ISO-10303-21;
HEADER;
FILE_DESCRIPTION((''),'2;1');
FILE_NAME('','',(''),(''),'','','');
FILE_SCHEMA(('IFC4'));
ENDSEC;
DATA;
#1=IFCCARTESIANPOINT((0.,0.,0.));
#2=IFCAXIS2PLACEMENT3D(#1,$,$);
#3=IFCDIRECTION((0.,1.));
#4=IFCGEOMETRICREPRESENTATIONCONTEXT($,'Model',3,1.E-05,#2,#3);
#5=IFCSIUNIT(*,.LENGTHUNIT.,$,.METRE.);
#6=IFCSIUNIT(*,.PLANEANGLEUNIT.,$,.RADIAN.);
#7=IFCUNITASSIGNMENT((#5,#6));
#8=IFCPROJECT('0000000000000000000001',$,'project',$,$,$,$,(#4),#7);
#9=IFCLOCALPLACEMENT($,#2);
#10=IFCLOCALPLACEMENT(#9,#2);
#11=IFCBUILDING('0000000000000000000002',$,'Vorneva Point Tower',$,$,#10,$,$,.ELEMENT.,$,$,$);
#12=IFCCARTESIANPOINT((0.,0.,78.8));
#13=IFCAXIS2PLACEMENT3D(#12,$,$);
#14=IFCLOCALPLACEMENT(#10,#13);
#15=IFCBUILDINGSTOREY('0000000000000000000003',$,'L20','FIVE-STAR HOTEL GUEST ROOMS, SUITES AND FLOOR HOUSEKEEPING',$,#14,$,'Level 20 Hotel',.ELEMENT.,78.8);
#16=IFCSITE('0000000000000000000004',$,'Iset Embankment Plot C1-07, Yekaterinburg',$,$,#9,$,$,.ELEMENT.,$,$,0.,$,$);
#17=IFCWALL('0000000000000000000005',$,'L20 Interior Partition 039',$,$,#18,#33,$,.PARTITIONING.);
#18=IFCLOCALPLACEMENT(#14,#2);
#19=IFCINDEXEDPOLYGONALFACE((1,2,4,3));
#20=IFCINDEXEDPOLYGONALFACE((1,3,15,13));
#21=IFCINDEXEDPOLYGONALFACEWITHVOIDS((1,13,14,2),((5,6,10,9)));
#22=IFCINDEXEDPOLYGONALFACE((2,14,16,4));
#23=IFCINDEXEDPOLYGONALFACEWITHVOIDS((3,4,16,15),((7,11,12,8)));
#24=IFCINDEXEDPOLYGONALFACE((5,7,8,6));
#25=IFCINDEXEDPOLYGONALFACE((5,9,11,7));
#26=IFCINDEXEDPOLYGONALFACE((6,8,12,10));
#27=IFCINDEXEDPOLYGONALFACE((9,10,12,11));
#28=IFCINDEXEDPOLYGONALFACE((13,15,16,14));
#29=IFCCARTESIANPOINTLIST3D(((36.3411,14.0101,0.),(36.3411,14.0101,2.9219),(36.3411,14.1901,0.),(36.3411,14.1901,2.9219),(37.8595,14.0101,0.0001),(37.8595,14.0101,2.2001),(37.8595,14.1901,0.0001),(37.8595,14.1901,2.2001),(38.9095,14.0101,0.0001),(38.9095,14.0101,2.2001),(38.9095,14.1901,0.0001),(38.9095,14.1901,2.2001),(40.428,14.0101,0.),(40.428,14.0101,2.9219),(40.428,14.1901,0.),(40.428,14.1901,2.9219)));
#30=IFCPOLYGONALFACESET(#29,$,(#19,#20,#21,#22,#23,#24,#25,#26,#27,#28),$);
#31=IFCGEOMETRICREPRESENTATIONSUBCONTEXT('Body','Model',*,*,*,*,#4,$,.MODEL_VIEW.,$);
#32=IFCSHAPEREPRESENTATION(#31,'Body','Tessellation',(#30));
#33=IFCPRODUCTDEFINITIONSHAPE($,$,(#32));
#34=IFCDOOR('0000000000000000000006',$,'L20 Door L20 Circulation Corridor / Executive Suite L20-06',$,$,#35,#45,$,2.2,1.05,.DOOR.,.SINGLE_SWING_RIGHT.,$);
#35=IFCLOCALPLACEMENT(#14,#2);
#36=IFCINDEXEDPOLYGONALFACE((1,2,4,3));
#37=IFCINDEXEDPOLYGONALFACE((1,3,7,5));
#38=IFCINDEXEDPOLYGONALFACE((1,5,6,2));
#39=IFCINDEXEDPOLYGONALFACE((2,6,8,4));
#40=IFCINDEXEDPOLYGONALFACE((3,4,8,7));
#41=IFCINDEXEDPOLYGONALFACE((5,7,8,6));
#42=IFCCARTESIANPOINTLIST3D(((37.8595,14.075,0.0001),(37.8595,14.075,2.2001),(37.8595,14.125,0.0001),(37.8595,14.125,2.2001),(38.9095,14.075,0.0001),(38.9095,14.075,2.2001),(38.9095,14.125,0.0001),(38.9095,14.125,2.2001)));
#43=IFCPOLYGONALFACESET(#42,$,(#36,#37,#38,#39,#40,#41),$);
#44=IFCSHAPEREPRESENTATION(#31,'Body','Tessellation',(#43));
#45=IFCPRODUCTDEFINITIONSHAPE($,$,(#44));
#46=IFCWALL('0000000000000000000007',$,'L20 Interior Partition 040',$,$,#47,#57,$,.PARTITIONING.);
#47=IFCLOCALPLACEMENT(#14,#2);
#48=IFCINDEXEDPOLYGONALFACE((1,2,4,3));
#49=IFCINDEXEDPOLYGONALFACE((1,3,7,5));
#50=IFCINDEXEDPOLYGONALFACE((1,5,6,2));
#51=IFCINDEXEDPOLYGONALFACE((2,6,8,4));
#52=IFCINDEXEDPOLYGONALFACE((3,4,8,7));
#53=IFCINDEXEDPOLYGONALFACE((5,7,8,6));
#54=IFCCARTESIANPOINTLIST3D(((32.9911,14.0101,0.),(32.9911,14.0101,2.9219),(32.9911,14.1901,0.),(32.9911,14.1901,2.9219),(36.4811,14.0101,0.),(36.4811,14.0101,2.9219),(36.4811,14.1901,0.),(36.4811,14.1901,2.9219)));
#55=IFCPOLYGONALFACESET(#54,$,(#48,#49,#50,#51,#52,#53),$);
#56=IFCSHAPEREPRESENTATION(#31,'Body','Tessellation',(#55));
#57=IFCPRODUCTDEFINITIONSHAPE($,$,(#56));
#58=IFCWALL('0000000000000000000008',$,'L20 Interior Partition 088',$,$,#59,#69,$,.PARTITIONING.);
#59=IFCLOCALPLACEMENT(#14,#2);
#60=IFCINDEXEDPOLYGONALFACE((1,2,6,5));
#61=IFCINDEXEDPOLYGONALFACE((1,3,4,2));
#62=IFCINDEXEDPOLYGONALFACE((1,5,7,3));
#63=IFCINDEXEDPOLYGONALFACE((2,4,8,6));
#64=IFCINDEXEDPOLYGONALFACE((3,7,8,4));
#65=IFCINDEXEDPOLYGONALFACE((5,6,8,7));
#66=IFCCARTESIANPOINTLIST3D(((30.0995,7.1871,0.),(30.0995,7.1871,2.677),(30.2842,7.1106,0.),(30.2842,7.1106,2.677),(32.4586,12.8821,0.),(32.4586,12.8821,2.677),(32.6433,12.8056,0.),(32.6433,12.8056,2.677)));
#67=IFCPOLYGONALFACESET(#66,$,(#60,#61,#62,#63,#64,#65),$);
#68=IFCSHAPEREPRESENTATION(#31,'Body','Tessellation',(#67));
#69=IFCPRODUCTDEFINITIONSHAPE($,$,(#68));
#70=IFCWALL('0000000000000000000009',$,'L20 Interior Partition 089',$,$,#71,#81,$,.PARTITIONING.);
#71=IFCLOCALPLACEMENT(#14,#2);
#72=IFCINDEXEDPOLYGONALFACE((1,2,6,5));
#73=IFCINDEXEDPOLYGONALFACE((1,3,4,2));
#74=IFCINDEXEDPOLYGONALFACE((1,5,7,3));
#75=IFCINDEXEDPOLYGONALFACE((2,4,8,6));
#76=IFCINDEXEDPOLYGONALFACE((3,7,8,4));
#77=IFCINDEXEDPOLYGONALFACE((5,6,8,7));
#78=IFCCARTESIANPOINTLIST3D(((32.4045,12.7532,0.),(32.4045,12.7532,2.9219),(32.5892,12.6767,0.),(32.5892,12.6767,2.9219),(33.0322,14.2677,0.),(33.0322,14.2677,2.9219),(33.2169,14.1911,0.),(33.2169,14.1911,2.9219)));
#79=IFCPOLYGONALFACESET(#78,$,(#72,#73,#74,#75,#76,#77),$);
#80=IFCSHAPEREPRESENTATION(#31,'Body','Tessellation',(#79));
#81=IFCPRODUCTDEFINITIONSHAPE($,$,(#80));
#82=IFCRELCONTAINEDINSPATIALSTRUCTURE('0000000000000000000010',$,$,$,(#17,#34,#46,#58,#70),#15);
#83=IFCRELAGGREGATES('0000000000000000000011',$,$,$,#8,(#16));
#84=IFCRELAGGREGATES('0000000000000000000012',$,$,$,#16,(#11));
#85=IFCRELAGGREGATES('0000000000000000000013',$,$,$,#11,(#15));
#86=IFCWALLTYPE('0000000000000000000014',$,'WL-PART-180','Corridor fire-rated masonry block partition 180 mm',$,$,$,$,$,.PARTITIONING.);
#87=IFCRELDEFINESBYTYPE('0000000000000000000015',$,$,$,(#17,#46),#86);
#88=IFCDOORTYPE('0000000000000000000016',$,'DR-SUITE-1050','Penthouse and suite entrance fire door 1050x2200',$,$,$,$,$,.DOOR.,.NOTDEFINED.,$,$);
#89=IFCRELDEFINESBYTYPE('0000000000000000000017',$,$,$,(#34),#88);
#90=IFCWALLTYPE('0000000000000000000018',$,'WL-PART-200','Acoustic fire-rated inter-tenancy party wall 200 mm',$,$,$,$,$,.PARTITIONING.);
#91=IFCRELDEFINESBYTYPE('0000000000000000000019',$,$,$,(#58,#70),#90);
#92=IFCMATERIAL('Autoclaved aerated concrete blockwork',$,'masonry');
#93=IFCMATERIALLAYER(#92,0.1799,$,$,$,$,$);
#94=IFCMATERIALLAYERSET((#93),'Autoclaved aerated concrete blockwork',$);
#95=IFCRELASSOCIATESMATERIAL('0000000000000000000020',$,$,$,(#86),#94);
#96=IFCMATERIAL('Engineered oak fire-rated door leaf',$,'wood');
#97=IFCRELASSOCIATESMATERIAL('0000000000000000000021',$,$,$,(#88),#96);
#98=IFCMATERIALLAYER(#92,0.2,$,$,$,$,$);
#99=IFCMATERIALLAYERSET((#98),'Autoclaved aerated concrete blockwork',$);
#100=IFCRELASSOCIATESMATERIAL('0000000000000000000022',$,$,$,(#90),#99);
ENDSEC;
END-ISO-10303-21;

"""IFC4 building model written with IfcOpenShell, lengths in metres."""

from ifc_helpers import new_model, si_unit, direction, frame, frame_2d, origin, place, context, subcontext, project, spatial, rectangle, extrude, material, layer, layer_set, type_object, element, fill, save


model = new_model("IFC4")

# Units and contexts
model_context = context("Model", 3, precision=1e-05, world=origin(), true_north=direction((0.0, 1.0)))
body_context = subcontext(model_context, "Body", "Model", "MODEL_VIEW")
ifc_project = project(units=[si_unit("LENGTHUNIT", "METRE"), si_unit("PLANEANGLEUNIT", "RADIAN")], contexts=[model_context])

# Site, building, storey
site_placement = place(None, origin())
site = spatial("IfcSite", under=ifc_project, at=site_placement, Name="Iset Embankment Plot C1-07, Yekaterinburg", CompositionType="ELEMENT", RefElevation=0.0)
building_placement = place(site_placement, origin())
building = spatial("IfcBuilding", under=site, at=building_placement, Name="Vorneva Point Tower", CompositionType="ELEMENT")
storey_placement = place(building_placement, frame((0.0, 0.0, 78.8)))
storey = spatial("IfcBuildingStorey", under=building, at=storey_placement, Name="L20", Description="FIVE-STAR HOTEL GUEST ROOMS, SUITES AND FLOOR HOUSEKEEPING", LongName="Level 20 Hotel", CompositionType="ELEMENT", Elevation=78.8)

# Shared definitions
ifc_material_1 = material(Name="Engineered oak fire-rated door leaf", Category="wood")

# Shared definitions
ifc_material_2 = material(Name="Autoclaved aerated concrete blockwork", Category="masonry")
ifc_layer_1 = layer(ifc_material_2, 0.1799)
ifc_layer_set_1 = layer_set([ifc_layer_1], Name="Autoclaved aerated concrete blockwork")
wall_type_1 = type_object("IfcWallType", Name="WL-PART-180", Description="Corridor fire-rated masonry block partition 180 mm", PredefinedType="PARTITIONING", material=ifc_layer_set_1)

# Wall, opening, door
wall_1_placement = place(storey_placement, frame((36.3411, 14.1001, 0.0), z_axis=(0.0, 0.0, 1.0), x_axis=(1.0, 0.0, 0.0)))
wall_1 = element("IfcWall", 1, at=wall_1_placement, inside=storey, type_object=wall_type_1, Name="L20 Interior Partition 039", PredefinedType="PARTITIONING", context=body_context, shape_type="SweptSolid", body=[
    extrude(rectangle(XDim=4.0869, YDim=0.1799, at=frame_2d((2.0435, 0.0))), origin(), (0.0, 0.0, 1.0), 2.9219),
])
opening_1_placement = place(wall_1_placement, frame((1.5186, 0.0, 0.0)))
opening_1 = element("IfcOpeningElement", 2, at=opening_1_placement, cuts=wall_1, PredefinedType="OPENING", context=body_context, shape_type="SweptSolid", body=[
    extrude(rectangle(XDim=1.05, YDim=2.2, at=frame_2d((0.5249, 1.1001))), frame((0.0, 0.105, 0.0), z_axis=(0.0, -1.0, 0.0), x_axis=(1.0, 0.0, 0.0)), (0.0, 0.0, 1.0), 0.2097),
])
door_type_1 = type_object("IfcDoorType", Name="DR-SUITE-1050", Description="Penthouse and suite entrance fire door 1050x2200", OperationType="NOTDEFINED", PredefinedType="DOOR", material=ifc_material_1)
door_1_placement = place(opening_1_placement, origin())
door_1 = element("IfcDoor", 3, at=door_1_placement, inside=storey, type_object=door_type_1, Name="L20 Door L20 Circulation Corridor / Executive Suite L20-06", OperationType="SINGLE_SWING_RIGHT", OverallHeight=2.2, OverallWidth=1.05, PredefinedType="DOOR", context=body_context, shape_type="SweptSolid", body=[
    extrude(rectangle(XDim=1.05, YDim=2.2, at=frame_2d((0.5249, 1.1001))), frame((0.0, 0.0249, 0.0), z_axis=(0.0, -1.0, 0.0), x_axis=(1.0, 0.0, 0.0)), (0.0, 0.0, 1.0), 0.05),
])
fill(opening_1, door_1)

# Walls
wall_2_placement = place(storey_placement, frame((32.991, 14.1001, 0.0), z_axis=(0.0, 0.0, 1.0), x_axis=(1.0, 0.0, 0.0)))
element("IfcWall", 4, at=wall_2_placement, inside=storey, type_object=wall_type_1, Name="L20 Interior Partition 040", PredefinedType="PARTITIONING", context=body_context, shape_type="SweptSolid", body=[
    extrude(rectangle(XDim=3.49, YDim=0.1799, at=frame_2d((1.7451, 0.0))), origin(), (0.0, 0.0, 1.0), 2.9219),
])
ifc_layer_2 = layer(ifc_material_2, 0.2)
ifc_layer_set_2 = layer_set([ifc_layer_2], Name="Autoclaved aerated concrete blockwork")
wall_type_2 = type_object("IfcWallType", Name="WL-PART-200", Description="Acoustic fire-rated inter-tenancy party wall 200 mm", PredefinedType="PARTITIONING", material=ifc_layer_set_2)
wall_3_placement = place(storey_placement, frame((30.1919, 7.1489, 0.0), z_axis=(0.0, 0.0, 1.0), x_axis=(0.382705, 0.923871, 0.0)))
element("IfcWall", 5, at=wall_3_placement, inside=storey, type_object=wall_type_2, Name="L20 Interior Partition 088", PredefinedType="PARTITIONING", context=body_context, shape_type="SweptSolid", body=[
    extrude(rectangle(XDim=6.1643, YDim=0.2, at=frame_2d((3.082, 0.0))), origin(), (0.0, 0.0, 1.0), 2.677),
])
wall_4_placement = place(storey_placement, frame((32.4968, 12.7148, 0.0), z_axis=(0.0, 0.0, 1.0), x_axis=(0.382891, 0.923794, 0.0)))
element("IfcWall", 6, at=wall_4_placement, inside=storey, type_object=wall_type_2, Name="L20 Interior Partition 089", PredefinedType="PARTITIONING", context=body_context, shape_type="SweptSolid", body=[
    extrude(rectangle(XDim=1.6394, YDim=0.2, at=frame_2d((0.8198, 0.0))), origin(), (0.0, 0.0, 1.0), 2.9219),
])

save(model, "model.ifc")
